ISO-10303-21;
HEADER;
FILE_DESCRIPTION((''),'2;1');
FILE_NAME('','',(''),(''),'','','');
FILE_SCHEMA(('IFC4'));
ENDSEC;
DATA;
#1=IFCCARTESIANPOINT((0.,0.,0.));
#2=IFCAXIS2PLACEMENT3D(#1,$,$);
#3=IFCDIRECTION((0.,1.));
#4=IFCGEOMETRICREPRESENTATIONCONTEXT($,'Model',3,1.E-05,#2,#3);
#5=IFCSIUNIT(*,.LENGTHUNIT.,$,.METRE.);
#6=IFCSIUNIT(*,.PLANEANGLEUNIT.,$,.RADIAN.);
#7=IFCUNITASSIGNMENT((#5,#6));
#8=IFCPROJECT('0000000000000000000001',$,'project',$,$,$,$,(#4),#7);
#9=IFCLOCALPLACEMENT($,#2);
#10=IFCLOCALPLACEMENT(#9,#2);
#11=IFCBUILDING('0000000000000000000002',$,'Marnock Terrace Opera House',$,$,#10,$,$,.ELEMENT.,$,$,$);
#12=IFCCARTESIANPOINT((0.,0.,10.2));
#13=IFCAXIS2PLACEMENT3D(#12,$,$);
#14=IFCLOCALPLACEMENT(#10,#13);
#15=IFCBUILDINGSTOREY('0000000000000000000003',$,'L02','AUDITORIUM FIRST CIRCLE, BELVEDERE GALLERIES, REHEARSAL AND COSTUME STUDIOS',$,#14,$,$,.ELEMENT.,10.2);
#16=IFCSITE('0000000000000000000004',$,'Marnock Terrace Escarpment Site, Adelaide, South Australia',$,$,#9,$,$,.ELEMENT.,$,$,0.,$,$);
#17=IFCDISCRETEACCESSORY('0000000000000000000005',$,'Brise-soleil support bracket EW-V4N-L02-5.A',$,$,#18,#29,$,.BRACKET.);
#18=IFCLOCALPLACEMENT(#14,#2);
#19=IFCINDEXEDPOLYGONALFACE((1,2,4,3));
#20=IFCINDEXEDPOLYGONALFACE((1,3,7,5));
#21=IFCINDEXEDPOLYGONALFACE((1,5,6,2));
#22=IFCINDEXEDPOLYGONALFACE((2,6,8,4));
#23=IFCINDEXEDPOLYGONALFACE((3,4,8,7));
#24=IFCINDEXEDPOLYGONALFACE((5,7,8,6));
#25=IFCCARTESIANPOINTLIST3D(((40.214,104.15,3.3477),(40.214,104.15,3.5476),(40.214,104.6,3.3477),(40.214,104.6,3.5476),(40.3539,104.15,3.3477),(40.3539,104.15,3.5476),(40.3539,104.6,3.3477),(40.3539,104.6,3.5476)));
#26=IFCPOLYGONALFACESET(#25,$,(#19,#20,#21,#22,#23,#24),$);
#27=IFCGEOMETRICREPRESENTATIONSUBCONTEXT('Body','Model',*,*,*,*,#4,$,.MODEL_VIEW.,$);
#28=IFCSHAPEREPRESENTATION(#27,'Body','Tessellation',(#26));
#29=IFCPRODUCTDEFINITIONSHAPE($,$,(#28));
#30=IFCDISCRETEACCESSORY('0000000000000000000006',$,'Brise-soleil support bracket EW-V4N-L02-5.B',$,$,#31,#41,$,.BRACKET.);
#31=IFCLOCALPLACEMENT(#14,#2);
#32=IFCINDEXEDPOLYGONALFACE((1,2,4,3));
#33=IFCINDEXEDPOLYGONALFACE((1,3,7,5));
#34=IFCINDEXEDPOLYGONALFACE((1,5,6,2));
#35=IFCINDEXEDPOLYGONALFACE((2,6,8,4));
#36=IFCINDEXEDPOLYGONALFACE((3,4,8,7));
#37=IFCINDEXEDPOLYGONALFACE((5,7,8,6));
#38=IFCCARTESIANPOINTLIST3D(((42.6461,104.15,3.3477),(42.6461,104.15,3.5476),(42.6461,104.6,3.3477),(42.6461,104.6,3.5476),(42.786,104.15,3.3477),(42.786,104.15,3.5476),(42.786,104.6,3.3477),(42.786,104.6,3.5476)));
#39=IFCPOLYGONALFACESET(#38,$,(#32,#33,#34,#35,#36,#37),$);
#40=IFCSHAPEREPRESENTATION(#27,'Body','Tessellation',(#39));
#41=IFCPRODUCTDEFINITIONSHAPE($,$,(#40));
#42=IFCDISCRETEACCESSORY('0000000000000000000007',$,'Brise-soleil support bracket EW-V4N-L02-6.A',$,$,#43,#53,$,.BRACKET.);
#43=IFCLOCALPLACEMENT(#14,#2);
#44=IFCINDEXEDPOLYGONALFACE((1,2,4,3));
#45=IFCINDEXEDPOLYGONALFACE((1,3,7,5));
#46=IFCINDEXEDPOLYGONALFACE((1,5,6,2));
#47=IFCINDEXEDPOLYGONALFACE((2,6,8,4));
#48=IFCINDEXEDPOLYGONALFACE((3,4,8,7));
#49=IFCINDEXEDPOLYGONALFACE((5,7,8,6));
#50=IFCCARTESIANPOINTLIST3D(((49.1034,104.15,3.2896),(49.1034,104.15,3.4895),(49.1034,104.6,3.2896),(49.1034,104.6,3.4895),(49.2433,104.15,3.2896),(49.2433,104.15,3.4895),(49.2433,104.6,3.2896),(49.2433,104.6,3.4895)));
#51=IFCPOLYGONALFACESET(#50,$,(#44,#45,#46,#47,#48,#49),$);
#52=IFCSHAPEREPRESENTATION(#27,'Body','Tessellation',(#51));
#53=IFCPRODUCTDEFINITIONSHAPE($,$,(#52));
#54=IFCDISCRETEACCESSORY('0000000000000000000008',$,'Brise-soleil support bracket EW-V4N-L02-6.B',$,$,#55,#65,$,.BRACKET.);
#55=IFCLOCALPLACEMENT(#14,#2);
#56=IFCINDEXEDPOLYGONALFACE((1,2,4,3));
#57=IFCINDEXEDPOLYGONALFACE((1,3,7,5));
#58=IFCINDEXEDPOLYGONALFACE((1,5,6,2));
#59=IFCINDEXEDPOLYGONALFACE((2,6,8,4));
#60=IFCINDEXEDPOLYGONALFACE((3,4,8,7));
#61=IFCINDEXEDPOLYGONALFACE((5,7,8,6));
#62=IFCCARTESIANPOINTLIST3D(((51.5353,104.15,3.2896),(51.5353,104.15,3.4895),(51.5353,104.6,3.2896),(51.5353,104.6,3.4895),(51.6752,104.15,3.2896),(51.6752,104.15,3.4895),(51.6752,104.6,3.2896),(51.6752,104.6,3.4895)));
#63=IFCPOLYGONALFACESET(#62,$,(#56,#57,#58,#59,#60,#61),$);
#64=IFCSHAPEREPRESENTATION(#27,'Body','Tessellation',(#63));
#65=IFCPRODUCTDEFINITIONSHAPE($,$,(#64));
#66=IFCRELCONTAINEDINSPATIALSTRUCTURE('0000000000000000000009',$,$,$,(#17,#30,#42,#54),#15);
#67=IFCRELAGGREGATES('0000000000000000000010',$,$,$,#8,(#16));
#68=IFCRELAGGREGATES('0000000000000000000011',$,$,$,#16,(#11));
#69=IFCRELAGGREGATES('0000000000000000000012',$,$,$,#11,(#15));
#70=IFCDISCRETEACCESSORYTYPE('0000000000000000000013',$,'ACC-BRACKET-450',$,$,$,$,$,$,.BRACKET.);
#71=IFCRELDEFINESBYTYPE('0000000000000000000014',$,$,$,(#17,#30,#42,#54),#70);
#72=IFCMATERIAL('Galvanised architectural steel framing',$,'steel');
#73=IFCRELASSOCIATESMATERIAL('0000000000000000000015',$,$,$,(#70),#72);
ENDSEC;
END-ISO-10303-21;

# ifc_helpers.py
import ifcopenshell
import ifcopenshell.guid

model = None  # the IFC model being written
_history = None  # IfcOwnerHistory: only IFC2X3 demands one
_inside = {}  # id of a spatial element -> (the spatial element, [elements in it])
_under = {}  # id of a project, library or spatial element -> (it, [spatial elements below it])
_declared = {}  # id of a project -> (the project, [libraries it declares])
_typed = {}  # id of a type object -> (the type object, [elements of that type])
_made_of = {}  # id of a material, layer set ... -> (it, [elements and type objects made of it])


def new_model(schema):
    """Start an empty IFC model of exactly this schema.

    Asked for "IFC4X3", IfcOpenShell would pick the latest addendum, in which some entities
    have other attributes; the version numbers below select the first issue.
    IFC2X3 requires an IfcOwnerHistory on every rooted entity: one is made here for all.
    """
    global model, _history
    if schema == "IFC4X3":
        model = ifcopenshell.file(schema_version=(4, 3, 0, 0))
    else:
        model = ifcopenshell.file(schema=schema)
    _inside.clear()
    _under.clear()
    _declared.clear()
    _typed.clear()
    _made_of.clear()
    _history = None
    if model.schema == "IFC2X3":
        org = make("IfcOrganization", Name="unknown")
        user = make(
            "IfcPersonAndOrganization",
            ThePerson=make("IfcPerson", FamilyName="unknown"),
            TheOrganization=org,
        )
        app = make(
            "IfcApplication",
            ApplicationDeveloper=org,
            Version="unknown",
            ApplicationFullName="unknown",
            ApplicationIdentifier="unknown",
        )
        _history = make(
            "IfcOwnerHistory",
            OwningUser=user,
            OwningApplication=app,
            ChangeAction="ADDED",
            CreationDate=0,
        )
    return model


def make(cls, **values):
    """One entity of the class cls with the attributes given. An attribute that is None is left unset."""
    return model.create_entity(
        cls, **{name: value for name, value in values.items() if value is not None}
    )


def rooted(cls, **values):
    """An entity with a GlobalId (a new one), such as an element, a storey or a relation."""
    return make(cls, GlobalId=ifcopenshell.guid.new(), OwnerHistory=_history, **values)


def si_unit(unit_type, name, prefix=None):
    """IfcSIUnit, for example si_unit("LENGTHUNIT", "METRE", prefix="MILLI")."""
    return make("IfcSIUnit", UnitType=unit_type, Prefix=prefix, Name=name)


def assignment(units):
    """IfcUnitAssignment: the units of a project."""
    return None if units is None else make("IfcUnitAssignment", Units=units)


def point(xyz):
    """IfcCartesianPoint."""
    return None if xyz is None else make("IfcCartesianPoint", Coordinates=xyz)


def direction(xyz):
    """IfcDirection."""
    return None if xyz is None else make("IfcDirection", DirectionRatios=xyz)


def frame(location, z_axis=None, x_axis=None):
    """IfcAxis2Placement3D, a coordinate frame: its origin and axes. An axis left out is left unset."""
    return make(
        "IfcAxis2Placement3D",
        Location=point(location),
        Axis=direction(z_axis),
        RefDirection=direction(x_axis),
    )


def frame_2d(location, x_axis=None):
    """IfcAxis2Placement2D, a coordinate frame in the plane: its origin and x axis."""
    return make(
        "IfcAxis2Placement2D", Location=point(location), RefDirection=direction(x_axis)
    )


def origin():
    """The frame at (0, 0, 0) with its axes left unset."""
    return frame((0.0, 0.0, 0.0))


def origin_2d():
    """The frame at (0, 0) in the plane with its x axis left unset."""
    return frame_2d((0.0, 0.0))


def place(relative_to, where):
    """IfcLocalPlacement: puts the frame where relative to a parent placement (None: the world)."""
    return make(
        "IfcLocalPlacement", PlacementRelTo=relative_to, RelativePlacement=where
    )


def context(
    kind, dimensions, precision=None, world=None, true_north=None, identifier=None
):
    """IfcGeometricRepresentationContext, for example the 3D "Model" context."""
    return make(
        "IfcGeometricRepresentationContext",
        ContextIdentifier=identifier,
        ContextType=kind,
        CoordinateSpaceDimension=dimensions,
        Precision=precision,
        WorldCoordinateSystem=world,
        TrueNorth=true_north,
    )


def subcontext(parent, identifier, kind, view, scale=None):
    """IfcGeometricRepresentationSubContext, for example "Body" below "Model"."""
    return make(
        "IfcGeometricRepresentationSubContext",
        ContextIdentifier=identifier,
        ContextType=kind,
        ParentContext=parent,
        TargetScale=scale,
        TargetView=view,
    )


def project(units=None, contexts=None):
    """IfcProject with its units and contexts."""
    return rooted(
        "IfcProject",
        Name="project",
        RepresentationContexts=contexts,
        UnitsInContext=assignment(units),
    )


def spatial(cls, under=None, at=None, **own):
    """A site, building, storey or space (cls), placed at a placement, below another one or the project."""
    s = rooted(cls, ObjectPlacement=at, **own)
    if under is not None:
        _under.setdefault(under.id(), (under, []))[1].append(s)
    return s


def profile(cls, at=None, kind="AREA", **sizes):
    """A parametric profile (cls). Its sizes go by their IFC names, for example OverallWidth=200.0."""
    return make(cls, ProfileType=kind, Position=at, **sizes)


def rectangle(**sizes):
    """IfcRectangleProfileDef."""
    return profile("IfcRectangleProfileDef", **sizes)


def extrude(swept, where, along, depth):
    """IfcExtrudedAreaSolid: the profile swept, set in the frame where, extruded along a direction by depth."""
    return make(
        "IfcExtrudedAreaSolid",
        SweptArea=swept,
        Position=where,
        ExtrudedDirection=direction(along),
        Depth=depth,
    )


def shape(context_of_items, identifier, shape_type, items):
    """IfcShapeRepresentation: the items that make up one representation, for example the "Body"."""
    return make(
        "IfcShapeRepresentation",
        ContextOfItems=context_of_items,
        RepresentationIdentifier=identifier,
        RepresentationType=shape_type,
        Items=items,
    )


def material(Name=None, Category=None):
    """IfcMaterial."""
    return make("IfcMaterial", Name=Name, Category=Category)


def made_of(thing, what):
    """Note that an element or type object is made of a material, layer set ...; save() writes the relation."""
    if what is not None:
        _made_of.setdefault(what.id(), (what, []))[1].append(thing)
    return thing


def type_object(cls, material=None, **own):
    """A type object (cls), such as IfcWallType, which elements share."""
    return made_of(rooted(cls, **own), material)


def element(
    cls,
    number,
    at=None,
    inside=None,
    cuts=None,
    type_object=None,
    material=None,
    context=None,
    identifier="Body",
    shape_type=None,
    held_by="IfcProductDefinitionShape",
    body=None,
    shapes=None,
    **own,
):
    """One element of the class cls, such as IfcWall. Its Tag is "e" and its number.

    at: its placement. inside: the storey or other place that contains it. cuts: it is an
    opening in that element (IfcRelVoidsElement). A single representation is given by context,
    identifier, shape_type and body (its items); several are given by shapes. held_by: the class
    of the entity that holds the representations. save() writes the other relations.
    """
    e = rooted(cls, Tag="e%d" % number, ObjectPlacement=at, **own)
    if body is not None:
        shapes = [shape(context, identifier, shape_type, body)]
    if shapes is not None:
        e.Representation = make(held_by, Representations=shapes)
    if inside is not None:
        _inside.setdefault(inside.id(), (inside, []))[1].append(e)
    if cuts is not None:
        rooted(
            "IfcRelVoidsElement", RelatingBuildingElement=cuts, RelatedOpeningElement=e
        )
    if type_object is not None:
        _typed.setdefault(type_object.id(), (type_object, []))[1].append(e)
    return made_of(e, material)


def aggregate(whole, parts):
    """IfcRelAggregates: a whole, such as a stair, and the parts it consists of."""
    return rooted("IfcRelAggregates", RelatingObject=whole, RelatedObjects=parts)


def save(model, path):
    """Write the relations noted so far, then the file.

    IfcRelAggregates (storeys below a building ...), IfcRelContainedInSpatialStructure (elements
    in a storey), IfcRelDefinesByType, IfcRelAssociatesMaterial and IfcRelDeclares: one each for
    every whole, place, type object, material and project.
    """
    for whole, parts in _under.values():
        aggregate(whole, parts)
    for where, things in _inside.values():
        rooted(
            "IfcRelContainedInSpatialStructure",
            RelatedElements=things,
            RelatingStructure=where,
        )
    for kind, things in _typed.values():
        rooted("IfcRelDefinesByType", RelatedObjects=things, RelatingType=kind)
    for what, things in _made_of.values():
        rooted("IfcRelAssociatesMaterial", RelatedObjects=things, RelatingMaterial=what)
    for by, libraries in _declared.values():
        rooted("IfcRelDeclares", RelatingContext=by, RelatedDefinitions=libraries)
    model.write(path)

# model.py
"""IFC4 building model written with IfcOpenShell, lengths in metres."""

from ifc_helpers import new_model, si_unit, direction, frame, origin, origin_2d, place, context, subcontext, project, spatial, rectangle, extrude, material, type_object, element, save


model = new_model("IFC4")

# Units and contexts
model_context = context("Model", 3, precision=1e-05, world=origin(), true_north=direction((0.0, 1.0)))
body_context = subcontext(model_context, "Body", "Model", "MODEL_VIEW")
ifc_project = project(units=[si_unit("LENGTHUNIT", "METRE"), si_unit("PLANEANGLEUNIT", "RADIAN")], contexts=[model_context])

# Site, building, storey
site_placement = place(None, origin())
site = spatial("IfcSite", under=ifc_project, at=site_placement, Name="Marnock Terrace Escarpment Site, Adelaide, South Australia", CompositionType="ELEMENT", RefElevation=0.0)
building_placement = place(site_placement, origin())
building = spatial("IfcBuilding", under=site, at=building_placement, Name="Marnock Terrace Opera House", CompositionType="ELEMENT")
storey_placement = place(building_placement, frame((0.0, 0.0, 10.2)))
storey = spatial("IfcBuildingStorey", under=building, at=storey_placement, Name="L02", Description="AUDITORIUM FIRST CIRCLE, BELVEDERE GALLERIES, REHEARSAL AND COSTUME STUDIOS", CompositionType="ELEMENT", Elevation=10.2)

# Discrete accessories
ifc_material_1 = material(Name="Galvanised architectural steel framing", Category="steel")
discrete_accessory_type = type_object("IfcDiscreteAccessoryType", Name="ACC-BRACKET-450", PredefinedType="BRACKET", material=ifc_material_1)
for number, where, z_axis, x_axis, name in (
    (1, (40.2839, 104.375, 3.3477), (0.0, 0.0, 1.0), (1.0, 0.0, 0.0), "Brise-soleil support bracket EW-V4N-L02-5.A"),
    (2, (42.7161, 104.375, 3.3477), (0.0, 0.0, 1.0), (1.0, 0.0, 0.0), "Brise-soleil support bracket EW-V4N-L02-5.B"),
    (3, (49.1733, 104.375, 3.2896), (0.0, 0.0, 1.0), (1.0, 0.0, 0.0), "Brise-soleil support bracket EW-V4N-L02-6.A"),
    (4, (51.6052, 104.375, 3.2896), (0.0, 0.0, 1.0), (1.0, 0.0, 0.0), "Brise-soleil support bracket EW-V4N-L02-6.B"),
):
    element("IfcDiscreteAccessory", number, at=place(storey_placement, frame(where, z_axis=z_axis, x_axis=x_axis)), inside=storey, type_object=discrete_accessory_type, Name=name, PredefinedType="BRACKET", context=body_context, shape_type="SweptSolid", body=[
        extrude(rectangle(XDim=0.1399, YDim=0.45, at=origin_2d()), origin(), (0.0, 0.0, 1.0), 0.2),
    ])

save(model, "model.ifc")
